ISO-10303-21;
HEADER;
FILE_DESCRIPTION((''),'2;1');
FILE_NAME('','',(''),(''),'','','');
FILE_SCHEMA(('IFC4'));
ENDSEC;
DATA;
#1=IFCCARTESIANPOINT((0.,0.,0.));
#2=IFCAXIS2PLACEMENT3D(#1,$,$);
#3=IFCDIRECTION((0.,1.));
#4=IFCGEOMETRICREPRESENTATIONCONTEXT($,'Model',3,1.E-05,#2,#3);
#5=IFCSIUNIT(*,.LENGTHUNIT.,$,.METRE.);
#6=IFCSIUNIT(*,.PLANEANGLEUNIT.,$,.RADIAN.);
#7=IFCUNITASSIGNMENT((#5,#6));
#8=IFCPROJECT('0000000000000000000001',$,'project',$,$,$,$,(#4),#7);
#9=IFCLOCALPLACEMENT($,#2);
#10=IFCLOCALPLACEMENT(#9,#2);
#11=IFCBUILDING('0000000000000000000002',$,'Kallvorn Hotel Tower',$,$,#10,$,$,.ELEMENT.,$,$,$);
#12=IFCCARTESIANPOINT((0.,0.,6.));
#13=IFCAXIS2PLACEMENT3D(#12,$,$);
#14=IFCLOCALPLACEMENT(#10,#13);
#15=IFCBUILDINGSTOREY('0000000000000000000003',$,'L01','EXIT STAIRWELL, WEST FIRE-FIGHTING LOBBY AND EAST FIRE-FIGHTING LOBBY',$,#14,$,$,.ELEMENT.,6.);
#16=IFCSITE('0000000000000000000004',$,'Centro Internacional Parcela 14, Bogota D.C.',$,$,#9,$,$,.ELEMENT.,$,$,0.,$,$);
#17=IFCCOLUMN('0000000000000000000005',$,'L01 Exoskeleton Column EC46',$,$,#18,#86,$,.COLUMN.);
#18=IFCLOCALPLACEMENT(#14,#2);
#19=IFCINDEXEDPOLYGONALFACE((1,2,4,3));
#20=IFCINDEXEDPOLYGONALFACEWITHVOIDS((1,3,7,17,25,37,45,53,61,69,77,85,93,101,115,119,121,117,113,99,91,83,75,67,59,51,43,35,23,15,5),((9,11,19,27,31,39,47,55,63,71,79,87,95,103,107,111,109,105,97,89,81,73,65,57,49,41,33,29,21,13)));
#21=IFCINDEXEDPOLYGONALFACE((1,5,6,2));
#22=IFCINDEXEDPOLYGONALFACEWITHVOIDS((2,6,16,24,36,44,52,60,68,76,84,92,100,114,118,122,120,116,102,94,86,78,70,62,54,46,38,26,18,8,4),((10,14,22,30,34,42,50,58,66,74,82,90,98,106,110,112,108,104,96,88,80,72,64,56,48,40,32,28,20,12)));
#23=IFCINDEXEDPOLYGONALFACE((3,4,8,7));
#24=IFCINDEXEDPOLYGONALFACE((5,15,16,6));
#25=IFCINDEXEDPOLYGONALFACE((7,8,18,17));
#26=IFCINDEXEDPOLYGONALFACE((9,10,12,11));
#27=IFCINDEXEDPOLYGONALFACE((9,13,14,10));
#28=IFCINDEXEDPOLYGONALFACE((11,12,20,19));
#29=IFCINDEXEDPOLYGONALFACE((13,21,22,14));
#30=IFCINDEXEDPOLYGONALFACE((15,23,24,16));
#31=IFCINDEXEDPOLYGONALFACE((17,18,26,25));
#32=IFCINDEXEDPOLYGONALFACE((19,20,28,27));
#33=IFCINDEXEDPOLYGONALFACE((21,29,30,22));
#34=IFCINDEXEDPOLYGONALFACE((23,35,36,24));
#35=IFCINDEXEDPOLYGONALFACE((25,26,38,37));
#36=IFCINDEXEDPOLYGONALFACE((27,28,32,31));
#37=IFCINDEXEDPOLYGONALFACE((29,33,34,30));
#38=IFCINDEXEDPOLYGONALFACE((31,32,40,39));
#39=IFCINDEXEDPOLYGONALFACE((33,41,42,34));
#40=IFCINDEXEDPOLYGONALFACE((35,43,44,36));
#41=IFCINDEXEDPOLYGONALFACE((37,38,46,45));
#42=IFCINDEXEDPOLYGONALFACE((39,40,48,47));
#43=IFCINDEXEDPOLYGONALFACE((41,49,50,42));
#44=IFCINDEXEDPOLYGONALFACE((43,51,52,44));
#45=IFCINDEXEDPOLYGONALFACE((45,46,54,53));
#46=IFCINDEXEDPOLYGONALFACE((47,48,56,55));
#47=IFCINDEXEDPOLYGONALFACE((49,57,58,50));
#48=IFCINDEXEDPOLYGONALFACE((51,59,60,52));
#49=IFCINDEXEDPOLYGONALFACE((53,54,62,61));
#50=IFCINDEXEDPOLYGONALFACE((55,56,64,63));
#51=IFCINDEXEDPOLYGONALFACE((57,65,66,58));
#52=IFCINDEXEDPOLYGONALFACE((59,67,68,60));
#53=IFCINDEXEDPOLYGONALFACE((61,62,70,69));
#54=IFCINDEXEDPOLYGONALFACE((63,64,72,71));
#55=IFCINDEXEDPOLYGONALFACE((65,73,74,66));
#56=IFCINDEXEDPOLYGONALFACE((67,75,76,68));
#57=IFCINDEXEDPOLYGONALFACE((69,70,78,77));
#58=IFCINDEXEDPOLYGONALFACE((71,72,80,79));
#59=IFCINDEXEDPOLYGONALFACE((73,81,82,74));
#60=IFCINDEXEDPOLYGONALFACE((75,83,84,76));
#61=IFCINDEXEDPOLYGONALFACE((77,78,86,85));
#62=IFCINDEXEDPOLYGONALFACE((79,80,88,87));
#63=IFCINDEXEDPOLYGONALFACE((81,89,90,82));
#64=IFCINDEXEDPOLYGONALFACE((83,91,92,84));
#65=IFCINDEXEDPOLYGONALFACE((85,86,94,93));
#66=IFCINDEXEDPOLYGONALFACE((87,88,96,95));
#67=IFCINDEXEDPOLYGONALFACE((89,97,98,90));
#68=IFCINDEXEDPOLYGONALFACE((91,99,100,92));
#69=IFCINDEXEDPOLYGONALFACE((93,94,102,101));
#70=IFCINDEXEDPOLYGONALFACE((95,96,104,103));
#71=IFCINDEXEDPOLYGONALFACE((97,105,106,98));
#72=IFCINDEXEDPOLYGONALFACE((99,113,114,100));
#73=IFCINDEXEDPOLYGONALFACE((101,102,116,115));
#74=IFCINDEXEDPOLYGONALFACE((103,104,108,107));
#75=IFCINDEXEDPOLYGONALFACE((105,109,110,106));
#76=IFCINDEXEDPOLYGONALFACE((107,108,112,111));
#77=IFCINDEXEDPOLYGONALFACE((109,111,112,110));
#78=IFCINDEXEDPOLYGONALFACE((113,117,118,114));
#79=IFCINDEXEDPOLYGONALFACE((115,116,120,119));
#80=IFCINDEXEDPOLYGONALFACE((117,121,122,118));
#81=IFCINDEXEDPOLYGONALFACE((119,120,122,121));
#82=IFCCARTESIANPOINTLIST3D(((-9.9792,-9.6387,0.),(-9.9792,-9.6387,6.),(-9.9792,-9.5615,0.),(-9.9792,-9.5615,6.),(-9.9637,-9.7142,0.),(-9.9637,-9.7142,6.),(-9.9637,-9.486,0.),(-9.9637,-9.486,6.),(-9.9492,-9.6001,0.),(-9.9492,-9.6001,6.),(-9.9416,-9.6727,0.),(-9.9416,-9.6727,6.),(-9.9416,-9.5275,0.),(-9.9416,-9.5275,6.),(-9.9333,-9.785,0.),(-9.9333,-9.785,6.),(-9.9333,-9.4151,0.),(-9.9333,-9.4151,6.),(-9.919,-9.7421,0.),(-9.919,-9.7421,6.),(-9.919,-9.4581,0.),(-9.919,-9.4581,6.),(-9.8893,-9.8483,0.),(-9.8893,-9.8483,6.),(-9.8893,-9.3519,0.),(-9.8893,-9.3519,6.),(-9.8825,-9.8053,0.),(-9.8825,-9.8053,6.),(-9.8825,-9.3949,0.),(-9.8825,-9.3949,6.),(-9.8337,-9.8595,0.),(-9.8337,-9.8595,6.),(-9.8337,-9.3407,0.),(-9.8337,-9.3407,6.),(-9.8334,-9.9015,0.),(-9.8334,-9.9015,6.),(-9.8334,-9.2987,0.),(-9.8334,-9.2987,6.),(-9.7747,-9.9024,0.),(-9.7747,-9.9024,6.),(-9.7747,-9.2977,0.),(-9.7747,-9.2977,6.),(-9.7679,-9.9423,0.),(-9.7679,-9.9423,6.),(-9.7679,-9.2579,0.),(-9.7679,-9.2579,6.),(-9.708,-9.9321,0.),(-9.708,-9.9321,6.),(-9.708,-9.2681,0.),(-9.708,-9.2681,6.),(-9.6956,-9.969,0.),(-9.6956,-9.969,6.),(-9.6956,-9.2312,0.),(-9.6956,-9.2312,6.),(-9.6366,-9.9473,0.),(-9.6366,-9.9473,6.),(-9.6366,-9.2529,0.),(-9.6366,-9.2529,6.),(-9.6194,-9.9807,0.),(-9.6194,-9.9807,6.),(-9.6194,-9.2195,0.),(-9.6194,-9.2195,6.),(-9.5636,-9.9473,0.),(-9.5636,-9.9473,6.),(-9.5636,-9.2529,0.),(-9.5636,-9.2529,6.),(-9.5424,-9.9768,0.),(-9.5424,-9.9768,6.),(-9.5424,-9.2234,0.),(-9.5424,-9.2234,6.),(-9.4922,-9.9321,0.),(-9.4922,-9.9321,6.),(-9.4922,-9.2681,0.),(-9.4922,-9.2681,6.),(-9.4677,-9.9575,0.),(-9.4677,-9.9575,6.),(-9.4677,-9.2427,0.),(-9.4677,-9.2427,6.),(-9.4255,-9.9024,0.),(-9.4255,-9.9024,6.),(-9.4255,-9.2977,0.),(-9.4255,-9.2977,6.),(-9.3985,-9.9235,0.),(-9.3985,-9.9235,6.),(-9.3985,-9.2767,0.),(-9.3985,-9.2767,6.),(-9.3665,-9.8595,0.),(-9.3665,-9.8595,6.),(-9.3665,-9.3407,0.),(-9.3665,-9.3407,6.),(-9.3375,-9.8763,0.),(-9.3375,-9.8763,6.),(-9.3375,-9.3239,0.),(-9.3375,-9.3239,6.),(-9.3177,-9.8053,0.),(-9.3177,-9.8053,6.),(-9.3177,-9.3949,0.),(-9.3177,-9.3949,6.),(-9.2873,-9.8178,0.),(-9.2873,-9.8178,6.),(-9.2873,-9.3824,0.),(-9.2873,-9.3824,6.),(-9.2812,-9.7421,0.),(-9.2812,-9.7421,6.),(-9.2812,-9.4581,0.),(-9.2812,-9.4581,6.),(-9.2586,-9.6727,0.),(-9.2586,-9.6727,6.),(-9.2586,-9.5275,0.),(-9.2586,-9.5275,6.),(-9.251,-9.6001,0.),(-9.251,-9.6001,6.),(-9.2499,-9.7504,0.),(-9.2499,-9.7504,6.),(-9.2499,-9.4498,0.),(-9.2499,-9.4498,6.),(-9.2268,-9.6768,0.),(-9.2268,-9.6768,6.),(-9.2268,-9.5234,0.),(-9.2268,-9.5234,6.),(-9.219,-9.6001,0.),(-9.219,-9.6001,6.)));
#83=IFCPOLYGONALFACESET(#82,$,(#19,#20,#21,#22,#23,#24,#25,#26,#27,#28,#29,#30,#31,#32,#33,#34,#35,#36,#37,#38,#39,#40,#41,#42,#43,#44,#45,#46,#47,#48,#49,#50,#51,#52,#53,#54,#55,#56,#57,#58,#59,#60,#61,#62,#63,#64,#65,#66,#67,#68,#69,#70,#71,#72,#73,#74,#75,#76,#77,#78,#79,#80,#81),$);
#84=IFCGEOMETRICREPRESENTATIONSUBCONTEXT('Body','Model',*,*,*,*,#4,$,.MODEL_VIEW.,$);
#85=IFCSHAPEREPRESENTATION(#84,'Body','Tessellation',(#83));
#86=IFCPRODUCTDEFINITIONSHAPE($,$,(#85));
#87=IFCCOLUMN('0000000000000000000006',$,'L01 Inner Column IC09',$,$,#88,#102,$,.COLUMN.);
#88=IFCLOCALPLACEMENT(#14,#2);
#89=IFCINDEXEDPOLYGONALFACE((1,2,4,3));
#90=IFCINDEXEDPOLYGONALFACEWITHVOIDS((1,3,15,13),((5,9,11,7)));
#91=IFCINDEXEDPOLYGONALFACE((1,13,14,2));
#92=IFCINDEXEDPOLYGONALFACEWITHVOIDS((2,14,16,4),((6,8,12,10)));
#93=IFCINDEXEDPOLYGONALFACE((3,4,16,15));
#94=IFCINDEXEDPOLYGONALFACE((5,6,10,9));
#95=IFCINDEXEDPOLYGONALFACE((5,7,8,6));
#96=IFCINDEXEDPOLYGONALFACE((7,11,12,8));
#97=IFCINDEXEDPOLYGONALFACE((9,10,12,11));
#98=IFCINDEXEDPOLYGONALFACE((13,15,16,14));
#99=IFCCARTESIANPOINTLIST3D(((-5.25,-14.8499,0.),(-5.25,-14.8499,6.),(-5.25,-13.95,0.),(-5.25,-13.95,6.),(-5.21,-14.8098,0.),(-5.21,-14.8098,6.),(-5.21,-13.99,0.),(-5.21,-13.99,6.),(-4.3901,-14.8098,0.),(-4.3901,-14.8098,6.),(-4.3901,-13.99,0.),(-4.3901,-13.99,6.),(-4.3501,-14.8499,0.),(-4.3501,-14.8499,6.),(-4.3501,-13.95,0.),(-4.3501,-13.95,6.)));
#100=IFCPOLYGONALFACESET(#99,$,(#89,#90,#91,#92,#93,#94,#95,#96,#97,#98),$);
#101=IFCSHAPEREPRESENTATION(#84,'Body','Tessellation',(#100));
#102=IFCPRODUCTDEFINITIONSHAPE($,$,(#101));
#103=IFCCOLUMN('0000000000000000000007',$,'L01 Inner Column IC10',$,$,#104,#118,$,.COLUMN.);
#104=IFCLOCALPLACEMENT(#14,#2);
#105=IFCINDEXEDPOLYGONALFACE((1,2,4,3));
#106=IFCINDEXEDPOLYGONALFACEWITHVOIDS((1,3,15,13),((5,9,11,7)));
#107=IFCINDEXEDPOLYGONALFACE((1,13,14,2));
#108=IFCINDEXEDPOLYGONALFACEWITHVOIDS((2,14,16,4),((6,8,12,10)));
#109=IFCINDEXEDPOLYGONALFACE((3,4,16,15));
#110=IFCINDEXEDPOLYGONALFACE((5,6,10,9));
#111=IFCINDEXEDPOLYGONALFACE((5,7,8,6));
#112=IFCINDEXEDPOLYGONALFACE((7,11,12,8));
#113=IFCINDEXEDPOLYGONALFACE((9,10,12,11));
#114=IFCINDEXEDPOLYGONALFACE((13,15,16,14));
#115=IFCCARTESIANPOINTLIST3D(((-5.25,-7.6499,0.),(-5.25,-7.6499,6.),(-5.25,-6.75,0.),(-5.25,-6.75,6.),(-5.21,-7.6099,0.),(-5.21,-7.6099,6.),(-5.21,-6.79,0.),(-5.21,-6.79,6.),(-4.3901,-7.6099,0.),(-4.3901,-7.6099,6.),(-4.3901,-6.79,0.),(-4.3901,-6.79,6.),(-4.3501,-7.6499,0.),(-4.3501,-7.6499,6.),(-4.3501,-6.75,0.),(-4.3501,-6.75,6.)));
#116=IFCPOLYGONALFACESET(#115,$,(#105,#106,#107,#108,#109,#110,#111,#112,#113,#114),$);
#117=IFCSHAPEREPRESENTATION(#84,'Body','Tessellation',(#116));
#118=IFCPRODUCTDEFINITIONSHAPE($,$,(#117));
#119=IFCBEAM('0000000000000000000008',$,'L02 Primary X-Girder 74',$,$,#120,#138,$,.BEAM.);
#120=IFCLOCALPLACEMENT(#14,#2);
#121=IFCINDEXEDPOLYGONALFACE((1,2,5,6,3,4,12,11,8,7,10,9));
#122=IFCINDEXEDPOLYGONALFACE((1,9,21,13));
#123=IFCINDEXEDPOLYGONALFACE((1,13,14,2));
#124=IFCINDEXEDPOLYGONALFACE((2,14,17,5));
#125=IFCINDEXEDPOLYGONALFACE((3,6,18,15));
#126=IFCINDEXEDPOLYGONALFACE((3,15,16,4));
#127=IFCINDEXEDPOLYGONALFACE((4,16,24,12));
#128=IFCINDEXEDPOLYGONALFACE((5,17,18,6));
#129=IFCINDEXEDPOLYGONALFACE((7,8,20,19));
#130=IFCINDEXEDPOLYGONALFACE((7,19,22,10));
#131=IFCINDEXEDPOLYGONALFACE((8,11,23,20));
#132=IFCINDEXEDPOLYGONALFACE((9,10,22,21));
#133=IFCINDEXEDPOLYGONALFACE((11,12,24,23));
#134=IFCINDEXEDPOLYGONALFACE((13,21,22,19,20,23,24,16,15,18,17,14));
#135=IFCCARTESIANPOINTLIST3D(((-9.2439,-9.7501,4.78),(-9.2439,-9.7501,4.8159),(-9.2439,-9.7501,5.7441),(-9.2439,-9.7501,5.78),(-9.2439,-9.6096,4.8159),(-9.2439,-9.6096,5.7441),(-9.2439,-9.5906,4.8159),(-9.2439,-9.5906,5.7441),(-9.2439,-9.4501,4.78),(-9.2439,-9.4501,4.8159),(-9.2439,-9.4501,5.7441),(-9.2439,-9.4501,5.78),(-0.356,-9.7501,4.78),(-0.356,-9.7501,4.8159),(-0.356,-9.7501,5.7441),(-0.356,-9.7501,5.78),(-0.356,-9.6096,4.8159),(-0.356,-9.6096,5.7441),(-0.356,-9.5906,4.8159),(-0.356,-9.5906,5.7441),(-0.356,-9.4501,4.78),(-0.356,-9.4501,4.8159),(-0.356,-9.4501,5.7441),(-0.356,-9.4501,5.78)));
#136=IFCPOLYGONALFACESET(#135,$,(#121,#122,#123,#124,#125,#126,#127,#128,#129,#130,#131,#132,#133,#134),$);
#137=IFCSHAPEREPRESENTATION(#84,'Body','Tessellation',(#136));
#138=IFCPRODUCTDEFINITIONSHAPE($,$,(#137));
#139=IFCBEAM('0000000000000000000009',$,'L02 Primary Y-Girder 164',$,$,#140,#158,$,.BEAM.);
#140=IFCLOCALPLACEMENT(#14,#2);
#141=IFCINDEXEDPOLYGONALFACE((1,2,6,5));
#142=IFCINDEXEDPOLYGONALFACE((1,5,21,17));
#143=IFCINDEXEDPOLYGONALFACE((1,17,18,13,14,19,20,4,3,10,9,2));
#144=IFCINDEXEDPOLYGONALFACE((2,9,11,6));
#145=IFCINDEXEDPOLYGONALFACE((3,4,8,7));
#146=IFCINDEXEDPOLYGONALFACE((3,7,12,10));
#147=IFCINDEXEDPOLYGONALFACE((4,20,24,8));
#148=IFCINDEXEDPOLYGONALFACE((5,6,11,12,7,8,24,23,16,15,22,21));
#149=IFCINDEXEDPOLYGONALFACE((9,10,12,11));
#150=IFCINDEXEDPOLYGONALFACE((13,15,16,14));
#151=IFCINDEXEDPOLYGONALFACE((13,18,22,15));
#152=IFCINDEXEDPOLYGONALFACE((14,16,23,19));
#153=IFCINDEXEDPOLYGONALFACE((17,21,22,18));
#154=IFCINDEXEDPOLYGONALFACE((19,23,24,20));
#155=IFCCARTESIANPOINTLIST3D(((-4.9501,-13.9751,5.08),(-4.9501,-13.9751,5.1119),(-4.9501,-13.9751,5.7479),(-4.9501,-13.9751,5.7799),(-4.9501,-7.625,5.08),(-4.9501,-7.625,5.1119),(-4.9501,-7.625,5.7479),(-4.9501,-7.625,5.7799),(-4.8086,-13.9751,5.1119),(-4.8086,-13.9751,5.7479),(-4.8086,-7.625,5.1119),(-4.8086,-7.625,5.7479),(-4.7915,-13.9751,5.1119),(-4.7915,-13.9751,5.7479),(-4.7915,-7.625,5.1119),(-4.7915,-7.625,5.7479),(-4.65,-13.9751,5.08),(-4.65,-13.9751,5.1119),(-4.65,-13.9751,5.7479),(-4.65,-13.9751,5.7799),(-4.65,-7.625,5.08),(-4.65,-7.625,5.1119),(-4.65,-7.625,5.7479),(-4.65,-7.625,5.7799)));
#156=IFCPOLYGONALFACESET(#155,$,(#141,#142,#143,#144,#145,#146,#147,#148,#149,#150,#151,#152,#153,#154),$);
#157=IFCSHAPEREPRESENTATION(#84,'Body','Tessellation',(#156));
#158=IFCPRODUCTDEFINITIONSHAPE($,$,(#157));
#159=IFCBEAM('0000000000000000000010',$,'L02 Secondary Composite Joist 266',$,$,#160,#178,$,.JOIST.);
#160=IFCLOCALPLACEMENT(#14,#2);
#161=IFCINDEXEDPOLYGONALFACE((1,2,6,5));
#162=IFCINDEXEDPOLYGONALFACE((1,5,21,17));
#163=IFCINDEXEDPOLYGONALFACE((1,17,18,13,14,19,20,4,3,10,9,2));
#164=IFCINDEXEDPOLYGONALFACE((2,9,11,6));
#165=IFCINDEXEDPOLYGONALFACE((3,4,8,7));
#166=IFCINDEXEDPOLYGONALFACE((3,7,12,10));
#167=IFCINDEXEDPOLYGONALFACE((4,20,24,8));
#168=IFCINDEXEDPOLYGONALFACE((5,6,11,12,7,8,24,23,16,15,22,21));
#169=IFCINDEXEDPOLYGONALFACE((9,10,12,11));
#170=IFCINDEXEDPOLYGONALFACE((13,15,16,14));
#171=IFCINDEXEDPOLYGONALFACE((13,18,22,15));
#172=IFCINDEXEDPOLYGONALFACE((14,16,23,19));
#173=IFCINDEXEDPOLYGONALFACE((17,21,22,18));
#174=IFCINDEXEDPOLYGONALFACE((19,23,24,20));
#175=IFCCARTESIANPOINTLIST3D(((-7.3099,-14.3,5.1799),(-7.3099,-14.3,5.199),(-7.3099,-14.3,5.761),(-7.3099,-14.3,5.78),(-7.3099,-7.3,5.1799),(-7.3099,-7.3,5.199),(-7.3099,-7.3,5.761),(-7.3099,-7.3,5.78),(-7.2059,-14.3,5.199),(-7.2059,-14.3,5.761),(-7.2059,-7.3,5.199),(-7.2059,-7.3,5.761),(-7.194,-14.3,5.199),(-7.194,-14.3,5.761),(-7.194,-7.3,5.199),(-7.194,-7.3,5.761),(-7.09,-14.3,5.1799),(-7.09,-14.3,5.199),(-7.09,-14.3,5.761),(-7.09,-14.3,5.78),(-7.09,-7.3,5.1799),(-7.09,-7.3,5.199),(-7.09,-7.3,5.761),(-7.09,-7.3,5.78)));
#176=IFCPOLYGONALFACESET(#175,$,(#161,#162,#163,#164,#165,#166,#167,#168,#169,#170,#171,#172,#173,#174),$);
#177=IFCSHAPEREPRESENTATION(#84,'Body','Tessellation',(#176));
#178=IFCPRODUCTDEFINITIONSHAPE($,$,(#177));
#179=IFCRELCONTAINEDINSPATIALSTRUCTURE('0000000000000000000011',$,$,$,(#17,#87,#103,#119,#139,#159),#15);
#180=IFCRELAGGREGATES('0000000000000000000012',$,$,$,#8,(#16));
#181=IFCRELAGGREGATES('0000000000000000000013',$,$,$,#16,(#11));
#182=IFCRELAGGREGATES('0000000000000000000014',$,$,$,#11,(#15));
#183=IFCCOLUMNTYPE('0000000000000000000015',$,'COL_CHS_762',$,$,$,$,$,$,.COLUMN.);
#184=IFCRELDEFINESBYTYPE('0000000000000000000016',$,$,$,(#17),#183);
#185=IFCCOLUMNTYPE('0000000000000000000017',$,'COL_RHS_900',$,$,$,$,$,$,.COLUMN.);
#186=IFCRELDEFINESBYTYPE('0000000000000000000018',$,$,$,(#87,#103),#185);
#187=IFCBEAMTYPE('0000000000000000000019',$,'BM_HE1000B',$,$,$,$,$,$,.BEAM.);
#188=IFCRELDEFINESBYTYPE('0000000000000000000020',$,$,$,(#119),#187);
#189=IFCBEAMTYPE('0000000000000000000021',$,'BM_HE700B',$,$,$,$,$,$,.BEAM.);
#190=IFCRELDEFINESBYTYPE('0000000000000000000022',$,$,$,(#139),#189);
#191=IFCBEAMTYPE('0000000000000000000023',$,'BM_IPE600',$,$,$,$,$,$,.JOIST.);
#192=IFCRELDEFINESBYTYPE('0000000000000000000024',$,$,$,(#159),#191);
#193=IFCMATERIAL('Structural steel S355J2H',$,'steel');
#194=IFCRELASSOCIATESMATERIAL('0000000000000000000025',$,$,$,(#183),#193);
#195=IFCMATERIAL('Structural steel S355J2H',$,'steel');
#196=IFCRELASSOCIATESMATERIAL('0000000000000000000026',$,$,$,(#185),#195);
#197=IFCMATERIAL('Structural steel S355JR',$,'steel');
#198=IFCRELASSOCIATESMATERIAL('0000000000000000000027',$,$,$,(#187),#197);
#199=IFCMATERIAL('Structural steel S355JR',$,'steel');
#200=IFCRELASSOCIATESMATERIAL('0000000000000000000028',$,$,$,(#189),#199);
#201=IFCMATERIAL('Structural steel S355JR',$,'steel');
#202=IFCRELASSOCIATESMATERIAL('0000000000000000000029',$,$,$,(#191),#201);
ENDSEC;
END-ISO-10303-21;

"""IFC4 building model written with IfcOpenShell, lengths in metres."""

from ifc_helpers import new_model, si_unit, direction, frame, origin, origin_2d, place, context, subcontext, project, spatial, hollow_rectangle, hollow_circle, i_section, extrude, material, material_profile, profile_set, type_object, element, save


model = new_model("IFC4")

# Units and contexts
model_context = context("Model", 3, precision=1e-05, world=origin(), true_north=direction((0.0, 1.0)))
body_context = subcontext(model_context, "Body", "Model", "MODEL_VIEW")
ifc_project = project(units=[si_unit("LENGTHUNIT", "METRE"), si_unit("PLANEANGLEUNIT", "RADIAN")], contexts=[model_context])

# Site, building, storey
site_placement = place(None, origin())
site = spatial("IfcSite", under=ifc_project, at=site_placement, Name="Centro Internacional Parcela 14, Bogota D.C.", CompositionType="ELEMENT", RefElevation=0.0)
building_placement = place(site_placement, origin())
building = spatial("IfcBuilding", under=site, at=building_placement, Name="Kallvorn Hotel Tower", CompositionType="ELEMENT")
storey_placement = place(building_placement, frame((0.0, 0.0, 6.0)))
storey = spatial("IfcBuildingStorey", under=building, at=storey_placement, Name="L01", Description="EXIT STAIRWELL, WEST FIRE-FIGHTING LOBBY AND EAST FIRE-FIGHTING LOBBY", CompositionType="ELEMENT", Elevation=6.0)

# Columns
ifc_material_1 = material(Name="Structural steel S355J2H", Category="steel")
ifc_material_profile_1 = material_profile(ifc_material_1, hollow_circle(Radius=0.3811, WallThickness=0.032, at=origin_2d()), Name="CHS 762x32")
ifc_profile_set_1 = profile_set([ifc_material_profile_1], Name="Structural steel S355J2H")
column_type_1 = type_object("IfcColumnType", Name="COL_CHS_762", PredefinedType="COLUMN", material=ifc_profile_set_1)
column_placement = place(storey_placement, frame((-9.6001, -9.6001, 0.0), z_axis=(0.0, 0.0, 1.0), x_axis=(1.0, 0.0, 0.0)))
element("IfcColumn", 1, at=column_placement, inside=storey, type_object=column_type_1, Name="L01 Exoskeleton Column EC46", PredefinedType="COLUMN", context=body_context, shape_type="SweptSolid", body=[
    extrude(hollow_circle(Radius=0.3811, WallThickness=0.032, at=origin_2d()), origin(), (0.0, 0.0, 1.0), 6.0),
])
ifc_material_2 = material(Name="Structural steel S355J2H", Category="steel")
ifc_material_profile_2 = material_profile(ifc_material_2, hollow_rectangle(XDim=0.8999, YDim=0.8999, WallThickness=0.04, at=origin_2d()), Name="RHS 900x900x40")
ifc_profile_set_2 = profile_set([ifc_material_profile_2], Name="Structural steel S355J2H")
column_type_2 = type_object("IfcColumnType", Name="COL_RHS_900", PredefinedType="COLUMN", material=ifc_profile_set_2)
for number, where, z_axis, x_axis, name in (
    (2, (-4.8, -14.3999, 0.0), (0.0, 0.0, 1.0), (1.0, 0.0, 0.0), "L01 Inner Column IC09"),
    (3, (-4.8, -7.2, 0.0), (0.0, 0.0, 1.0), (1.0, 0.0, 0.0), "L01 Inner Column IC10"),
):
    element("IfcColumn", number, at=place(storey_placement, frame(where, z_axis=z_axis, x_axis=x_axis)), inside=storey, type_object=column_type_2, Name=name, PredefinedType="COLUMN", context=body_context, shape_type="SweptSolid", body=[
        extrude(hollow_rectangle(XDim=0.8999, YDim=0.8999, WallThickness=0.04, at=origin_2d()), origin(), (0.0, 0.0, 1.0), 6.0),
    ])

# Beams
ifc_material_3 = material(Name="Structural steel S355JR", Category="steel")
ifc_material_profile_3 = material_profile(ifc_material_3, i_section(OverallWidth=0.3, OverallDepth=1.0, WebThickness=0.019, FlangeThickness=0.0359, at=origin_2d()), Name="HE 1000 B")
ifc_profile_set_3 = profile_set([ifc_material_profile_3], Name="Structural steel S355JR")
beam_type_1 = type_object("IfcBeamType", Name="BM_HE1000B", PredefinedType="BEAM", material=ifc_profile_set_3)
beam_1_placement = place(storey_placement, frame((-9.2439, -9.6001, 5.28), z_axis=(1.0, 0.0, 0.0), x_axis=(0.0, 1.0, 0.0)))
element("IfcBeam", 4, at=beam_1_placement, inside=storey, type_object=beam_type_1, Name="L02 Primary X-Girder 74", PredefinedType="BEAM", context=body_context, shape_type="SweptSolid", body=[
    extrude(i_section(OverallWidth=0.3, OverallDepth=1.0, WebThickness=0.019, FlangeThickness=0.0359, at=origin_2d()), origin(), (0.0, 0.0, 1.0), 8.8879),
])
ifc_material_4 = material(Name="Structural steel S355JR", Category="steel")
ifc_material_profile_4 = material_profile(ifc_material_4, i_section(OverallWidth=0.3, OverallDepth=0.7, WebThickness=0.0171, FlangeThickness=0.032, at=origin_2d()), Name="HE 700 B")
ifc_profile_set_4 = profile_set([ifc_material_profile_4], Name="Structural steel S355JR")
beam_type_2 = type_object("IfcBeamType", Name="BM_HE700B", PredefinedType="BEAM", material=ifc_profile_set_4)
beam_2_placement = place(storey_placement, frame((-4.8, -13.9751, 5.4299), z_axis=(0.0, 1.0, 0.0), x_axis=(-1.0, 0.0, 0.0)))
element("IfcBeam", 5, at=beam_2_placement, inside=storey, type_object=beam_type_2, Name="L02 Primary Y-Girder 164", PredefinedType="BEAM", context=body_context, shape_type="SweptSolid", body=[
    extrude(i_section(OverallWidth=0.3, OverallDepth=0.7, WebThickness=0.0171, FlangeThickness=0.032, at=origin_2d()), origin(), (0.0, 0.0, 1.0), 6.3501),
])
ifc_material_5 = material(Name="Structural steel S355JR", Category="steel")
ifc_material_profile_5 = material_profile(ifc_material_5, i_section(OverallWidth=0.22, OverallDepth=0.6001, WebThickness=0.012, FlangeThickness=0.019, at=origin_2d()), Name="IPE 600")
ifc_profile_set_5 = profile_set([ifc_material_profile_5], Name="Structural steel S355JR")
beam_type_3 = type_object("IfcBeamType", Name="BM_IPE600", PredefinedType="JOIST", material=ifc_profile_set_5)
beam_3_placement = place(storey_placement, frame((-7.2, -14.3, 5.48), z_axis=(0.0, 1.0, 0.0), x_axis=(-1.0, 0.0, 0.0)))
element("IfcBeam", 6, at=beam_3_placement, inside=storey, type_object=beam_type_3, Name="L02 Secondary Composite Joist 266", PredefinedType="JOIST", context=body_context, shape_type="SweptSolid", body=[
    extrude(i_section(OverallWidth=0.22, OverallDepth=0.6001, WebThickness=0.012, FlangeThickness=0.019, at=origin_2d()), origin(), (0.0, 0.0, 1.0), 7.0),
])

save(model, "model.ifc")
